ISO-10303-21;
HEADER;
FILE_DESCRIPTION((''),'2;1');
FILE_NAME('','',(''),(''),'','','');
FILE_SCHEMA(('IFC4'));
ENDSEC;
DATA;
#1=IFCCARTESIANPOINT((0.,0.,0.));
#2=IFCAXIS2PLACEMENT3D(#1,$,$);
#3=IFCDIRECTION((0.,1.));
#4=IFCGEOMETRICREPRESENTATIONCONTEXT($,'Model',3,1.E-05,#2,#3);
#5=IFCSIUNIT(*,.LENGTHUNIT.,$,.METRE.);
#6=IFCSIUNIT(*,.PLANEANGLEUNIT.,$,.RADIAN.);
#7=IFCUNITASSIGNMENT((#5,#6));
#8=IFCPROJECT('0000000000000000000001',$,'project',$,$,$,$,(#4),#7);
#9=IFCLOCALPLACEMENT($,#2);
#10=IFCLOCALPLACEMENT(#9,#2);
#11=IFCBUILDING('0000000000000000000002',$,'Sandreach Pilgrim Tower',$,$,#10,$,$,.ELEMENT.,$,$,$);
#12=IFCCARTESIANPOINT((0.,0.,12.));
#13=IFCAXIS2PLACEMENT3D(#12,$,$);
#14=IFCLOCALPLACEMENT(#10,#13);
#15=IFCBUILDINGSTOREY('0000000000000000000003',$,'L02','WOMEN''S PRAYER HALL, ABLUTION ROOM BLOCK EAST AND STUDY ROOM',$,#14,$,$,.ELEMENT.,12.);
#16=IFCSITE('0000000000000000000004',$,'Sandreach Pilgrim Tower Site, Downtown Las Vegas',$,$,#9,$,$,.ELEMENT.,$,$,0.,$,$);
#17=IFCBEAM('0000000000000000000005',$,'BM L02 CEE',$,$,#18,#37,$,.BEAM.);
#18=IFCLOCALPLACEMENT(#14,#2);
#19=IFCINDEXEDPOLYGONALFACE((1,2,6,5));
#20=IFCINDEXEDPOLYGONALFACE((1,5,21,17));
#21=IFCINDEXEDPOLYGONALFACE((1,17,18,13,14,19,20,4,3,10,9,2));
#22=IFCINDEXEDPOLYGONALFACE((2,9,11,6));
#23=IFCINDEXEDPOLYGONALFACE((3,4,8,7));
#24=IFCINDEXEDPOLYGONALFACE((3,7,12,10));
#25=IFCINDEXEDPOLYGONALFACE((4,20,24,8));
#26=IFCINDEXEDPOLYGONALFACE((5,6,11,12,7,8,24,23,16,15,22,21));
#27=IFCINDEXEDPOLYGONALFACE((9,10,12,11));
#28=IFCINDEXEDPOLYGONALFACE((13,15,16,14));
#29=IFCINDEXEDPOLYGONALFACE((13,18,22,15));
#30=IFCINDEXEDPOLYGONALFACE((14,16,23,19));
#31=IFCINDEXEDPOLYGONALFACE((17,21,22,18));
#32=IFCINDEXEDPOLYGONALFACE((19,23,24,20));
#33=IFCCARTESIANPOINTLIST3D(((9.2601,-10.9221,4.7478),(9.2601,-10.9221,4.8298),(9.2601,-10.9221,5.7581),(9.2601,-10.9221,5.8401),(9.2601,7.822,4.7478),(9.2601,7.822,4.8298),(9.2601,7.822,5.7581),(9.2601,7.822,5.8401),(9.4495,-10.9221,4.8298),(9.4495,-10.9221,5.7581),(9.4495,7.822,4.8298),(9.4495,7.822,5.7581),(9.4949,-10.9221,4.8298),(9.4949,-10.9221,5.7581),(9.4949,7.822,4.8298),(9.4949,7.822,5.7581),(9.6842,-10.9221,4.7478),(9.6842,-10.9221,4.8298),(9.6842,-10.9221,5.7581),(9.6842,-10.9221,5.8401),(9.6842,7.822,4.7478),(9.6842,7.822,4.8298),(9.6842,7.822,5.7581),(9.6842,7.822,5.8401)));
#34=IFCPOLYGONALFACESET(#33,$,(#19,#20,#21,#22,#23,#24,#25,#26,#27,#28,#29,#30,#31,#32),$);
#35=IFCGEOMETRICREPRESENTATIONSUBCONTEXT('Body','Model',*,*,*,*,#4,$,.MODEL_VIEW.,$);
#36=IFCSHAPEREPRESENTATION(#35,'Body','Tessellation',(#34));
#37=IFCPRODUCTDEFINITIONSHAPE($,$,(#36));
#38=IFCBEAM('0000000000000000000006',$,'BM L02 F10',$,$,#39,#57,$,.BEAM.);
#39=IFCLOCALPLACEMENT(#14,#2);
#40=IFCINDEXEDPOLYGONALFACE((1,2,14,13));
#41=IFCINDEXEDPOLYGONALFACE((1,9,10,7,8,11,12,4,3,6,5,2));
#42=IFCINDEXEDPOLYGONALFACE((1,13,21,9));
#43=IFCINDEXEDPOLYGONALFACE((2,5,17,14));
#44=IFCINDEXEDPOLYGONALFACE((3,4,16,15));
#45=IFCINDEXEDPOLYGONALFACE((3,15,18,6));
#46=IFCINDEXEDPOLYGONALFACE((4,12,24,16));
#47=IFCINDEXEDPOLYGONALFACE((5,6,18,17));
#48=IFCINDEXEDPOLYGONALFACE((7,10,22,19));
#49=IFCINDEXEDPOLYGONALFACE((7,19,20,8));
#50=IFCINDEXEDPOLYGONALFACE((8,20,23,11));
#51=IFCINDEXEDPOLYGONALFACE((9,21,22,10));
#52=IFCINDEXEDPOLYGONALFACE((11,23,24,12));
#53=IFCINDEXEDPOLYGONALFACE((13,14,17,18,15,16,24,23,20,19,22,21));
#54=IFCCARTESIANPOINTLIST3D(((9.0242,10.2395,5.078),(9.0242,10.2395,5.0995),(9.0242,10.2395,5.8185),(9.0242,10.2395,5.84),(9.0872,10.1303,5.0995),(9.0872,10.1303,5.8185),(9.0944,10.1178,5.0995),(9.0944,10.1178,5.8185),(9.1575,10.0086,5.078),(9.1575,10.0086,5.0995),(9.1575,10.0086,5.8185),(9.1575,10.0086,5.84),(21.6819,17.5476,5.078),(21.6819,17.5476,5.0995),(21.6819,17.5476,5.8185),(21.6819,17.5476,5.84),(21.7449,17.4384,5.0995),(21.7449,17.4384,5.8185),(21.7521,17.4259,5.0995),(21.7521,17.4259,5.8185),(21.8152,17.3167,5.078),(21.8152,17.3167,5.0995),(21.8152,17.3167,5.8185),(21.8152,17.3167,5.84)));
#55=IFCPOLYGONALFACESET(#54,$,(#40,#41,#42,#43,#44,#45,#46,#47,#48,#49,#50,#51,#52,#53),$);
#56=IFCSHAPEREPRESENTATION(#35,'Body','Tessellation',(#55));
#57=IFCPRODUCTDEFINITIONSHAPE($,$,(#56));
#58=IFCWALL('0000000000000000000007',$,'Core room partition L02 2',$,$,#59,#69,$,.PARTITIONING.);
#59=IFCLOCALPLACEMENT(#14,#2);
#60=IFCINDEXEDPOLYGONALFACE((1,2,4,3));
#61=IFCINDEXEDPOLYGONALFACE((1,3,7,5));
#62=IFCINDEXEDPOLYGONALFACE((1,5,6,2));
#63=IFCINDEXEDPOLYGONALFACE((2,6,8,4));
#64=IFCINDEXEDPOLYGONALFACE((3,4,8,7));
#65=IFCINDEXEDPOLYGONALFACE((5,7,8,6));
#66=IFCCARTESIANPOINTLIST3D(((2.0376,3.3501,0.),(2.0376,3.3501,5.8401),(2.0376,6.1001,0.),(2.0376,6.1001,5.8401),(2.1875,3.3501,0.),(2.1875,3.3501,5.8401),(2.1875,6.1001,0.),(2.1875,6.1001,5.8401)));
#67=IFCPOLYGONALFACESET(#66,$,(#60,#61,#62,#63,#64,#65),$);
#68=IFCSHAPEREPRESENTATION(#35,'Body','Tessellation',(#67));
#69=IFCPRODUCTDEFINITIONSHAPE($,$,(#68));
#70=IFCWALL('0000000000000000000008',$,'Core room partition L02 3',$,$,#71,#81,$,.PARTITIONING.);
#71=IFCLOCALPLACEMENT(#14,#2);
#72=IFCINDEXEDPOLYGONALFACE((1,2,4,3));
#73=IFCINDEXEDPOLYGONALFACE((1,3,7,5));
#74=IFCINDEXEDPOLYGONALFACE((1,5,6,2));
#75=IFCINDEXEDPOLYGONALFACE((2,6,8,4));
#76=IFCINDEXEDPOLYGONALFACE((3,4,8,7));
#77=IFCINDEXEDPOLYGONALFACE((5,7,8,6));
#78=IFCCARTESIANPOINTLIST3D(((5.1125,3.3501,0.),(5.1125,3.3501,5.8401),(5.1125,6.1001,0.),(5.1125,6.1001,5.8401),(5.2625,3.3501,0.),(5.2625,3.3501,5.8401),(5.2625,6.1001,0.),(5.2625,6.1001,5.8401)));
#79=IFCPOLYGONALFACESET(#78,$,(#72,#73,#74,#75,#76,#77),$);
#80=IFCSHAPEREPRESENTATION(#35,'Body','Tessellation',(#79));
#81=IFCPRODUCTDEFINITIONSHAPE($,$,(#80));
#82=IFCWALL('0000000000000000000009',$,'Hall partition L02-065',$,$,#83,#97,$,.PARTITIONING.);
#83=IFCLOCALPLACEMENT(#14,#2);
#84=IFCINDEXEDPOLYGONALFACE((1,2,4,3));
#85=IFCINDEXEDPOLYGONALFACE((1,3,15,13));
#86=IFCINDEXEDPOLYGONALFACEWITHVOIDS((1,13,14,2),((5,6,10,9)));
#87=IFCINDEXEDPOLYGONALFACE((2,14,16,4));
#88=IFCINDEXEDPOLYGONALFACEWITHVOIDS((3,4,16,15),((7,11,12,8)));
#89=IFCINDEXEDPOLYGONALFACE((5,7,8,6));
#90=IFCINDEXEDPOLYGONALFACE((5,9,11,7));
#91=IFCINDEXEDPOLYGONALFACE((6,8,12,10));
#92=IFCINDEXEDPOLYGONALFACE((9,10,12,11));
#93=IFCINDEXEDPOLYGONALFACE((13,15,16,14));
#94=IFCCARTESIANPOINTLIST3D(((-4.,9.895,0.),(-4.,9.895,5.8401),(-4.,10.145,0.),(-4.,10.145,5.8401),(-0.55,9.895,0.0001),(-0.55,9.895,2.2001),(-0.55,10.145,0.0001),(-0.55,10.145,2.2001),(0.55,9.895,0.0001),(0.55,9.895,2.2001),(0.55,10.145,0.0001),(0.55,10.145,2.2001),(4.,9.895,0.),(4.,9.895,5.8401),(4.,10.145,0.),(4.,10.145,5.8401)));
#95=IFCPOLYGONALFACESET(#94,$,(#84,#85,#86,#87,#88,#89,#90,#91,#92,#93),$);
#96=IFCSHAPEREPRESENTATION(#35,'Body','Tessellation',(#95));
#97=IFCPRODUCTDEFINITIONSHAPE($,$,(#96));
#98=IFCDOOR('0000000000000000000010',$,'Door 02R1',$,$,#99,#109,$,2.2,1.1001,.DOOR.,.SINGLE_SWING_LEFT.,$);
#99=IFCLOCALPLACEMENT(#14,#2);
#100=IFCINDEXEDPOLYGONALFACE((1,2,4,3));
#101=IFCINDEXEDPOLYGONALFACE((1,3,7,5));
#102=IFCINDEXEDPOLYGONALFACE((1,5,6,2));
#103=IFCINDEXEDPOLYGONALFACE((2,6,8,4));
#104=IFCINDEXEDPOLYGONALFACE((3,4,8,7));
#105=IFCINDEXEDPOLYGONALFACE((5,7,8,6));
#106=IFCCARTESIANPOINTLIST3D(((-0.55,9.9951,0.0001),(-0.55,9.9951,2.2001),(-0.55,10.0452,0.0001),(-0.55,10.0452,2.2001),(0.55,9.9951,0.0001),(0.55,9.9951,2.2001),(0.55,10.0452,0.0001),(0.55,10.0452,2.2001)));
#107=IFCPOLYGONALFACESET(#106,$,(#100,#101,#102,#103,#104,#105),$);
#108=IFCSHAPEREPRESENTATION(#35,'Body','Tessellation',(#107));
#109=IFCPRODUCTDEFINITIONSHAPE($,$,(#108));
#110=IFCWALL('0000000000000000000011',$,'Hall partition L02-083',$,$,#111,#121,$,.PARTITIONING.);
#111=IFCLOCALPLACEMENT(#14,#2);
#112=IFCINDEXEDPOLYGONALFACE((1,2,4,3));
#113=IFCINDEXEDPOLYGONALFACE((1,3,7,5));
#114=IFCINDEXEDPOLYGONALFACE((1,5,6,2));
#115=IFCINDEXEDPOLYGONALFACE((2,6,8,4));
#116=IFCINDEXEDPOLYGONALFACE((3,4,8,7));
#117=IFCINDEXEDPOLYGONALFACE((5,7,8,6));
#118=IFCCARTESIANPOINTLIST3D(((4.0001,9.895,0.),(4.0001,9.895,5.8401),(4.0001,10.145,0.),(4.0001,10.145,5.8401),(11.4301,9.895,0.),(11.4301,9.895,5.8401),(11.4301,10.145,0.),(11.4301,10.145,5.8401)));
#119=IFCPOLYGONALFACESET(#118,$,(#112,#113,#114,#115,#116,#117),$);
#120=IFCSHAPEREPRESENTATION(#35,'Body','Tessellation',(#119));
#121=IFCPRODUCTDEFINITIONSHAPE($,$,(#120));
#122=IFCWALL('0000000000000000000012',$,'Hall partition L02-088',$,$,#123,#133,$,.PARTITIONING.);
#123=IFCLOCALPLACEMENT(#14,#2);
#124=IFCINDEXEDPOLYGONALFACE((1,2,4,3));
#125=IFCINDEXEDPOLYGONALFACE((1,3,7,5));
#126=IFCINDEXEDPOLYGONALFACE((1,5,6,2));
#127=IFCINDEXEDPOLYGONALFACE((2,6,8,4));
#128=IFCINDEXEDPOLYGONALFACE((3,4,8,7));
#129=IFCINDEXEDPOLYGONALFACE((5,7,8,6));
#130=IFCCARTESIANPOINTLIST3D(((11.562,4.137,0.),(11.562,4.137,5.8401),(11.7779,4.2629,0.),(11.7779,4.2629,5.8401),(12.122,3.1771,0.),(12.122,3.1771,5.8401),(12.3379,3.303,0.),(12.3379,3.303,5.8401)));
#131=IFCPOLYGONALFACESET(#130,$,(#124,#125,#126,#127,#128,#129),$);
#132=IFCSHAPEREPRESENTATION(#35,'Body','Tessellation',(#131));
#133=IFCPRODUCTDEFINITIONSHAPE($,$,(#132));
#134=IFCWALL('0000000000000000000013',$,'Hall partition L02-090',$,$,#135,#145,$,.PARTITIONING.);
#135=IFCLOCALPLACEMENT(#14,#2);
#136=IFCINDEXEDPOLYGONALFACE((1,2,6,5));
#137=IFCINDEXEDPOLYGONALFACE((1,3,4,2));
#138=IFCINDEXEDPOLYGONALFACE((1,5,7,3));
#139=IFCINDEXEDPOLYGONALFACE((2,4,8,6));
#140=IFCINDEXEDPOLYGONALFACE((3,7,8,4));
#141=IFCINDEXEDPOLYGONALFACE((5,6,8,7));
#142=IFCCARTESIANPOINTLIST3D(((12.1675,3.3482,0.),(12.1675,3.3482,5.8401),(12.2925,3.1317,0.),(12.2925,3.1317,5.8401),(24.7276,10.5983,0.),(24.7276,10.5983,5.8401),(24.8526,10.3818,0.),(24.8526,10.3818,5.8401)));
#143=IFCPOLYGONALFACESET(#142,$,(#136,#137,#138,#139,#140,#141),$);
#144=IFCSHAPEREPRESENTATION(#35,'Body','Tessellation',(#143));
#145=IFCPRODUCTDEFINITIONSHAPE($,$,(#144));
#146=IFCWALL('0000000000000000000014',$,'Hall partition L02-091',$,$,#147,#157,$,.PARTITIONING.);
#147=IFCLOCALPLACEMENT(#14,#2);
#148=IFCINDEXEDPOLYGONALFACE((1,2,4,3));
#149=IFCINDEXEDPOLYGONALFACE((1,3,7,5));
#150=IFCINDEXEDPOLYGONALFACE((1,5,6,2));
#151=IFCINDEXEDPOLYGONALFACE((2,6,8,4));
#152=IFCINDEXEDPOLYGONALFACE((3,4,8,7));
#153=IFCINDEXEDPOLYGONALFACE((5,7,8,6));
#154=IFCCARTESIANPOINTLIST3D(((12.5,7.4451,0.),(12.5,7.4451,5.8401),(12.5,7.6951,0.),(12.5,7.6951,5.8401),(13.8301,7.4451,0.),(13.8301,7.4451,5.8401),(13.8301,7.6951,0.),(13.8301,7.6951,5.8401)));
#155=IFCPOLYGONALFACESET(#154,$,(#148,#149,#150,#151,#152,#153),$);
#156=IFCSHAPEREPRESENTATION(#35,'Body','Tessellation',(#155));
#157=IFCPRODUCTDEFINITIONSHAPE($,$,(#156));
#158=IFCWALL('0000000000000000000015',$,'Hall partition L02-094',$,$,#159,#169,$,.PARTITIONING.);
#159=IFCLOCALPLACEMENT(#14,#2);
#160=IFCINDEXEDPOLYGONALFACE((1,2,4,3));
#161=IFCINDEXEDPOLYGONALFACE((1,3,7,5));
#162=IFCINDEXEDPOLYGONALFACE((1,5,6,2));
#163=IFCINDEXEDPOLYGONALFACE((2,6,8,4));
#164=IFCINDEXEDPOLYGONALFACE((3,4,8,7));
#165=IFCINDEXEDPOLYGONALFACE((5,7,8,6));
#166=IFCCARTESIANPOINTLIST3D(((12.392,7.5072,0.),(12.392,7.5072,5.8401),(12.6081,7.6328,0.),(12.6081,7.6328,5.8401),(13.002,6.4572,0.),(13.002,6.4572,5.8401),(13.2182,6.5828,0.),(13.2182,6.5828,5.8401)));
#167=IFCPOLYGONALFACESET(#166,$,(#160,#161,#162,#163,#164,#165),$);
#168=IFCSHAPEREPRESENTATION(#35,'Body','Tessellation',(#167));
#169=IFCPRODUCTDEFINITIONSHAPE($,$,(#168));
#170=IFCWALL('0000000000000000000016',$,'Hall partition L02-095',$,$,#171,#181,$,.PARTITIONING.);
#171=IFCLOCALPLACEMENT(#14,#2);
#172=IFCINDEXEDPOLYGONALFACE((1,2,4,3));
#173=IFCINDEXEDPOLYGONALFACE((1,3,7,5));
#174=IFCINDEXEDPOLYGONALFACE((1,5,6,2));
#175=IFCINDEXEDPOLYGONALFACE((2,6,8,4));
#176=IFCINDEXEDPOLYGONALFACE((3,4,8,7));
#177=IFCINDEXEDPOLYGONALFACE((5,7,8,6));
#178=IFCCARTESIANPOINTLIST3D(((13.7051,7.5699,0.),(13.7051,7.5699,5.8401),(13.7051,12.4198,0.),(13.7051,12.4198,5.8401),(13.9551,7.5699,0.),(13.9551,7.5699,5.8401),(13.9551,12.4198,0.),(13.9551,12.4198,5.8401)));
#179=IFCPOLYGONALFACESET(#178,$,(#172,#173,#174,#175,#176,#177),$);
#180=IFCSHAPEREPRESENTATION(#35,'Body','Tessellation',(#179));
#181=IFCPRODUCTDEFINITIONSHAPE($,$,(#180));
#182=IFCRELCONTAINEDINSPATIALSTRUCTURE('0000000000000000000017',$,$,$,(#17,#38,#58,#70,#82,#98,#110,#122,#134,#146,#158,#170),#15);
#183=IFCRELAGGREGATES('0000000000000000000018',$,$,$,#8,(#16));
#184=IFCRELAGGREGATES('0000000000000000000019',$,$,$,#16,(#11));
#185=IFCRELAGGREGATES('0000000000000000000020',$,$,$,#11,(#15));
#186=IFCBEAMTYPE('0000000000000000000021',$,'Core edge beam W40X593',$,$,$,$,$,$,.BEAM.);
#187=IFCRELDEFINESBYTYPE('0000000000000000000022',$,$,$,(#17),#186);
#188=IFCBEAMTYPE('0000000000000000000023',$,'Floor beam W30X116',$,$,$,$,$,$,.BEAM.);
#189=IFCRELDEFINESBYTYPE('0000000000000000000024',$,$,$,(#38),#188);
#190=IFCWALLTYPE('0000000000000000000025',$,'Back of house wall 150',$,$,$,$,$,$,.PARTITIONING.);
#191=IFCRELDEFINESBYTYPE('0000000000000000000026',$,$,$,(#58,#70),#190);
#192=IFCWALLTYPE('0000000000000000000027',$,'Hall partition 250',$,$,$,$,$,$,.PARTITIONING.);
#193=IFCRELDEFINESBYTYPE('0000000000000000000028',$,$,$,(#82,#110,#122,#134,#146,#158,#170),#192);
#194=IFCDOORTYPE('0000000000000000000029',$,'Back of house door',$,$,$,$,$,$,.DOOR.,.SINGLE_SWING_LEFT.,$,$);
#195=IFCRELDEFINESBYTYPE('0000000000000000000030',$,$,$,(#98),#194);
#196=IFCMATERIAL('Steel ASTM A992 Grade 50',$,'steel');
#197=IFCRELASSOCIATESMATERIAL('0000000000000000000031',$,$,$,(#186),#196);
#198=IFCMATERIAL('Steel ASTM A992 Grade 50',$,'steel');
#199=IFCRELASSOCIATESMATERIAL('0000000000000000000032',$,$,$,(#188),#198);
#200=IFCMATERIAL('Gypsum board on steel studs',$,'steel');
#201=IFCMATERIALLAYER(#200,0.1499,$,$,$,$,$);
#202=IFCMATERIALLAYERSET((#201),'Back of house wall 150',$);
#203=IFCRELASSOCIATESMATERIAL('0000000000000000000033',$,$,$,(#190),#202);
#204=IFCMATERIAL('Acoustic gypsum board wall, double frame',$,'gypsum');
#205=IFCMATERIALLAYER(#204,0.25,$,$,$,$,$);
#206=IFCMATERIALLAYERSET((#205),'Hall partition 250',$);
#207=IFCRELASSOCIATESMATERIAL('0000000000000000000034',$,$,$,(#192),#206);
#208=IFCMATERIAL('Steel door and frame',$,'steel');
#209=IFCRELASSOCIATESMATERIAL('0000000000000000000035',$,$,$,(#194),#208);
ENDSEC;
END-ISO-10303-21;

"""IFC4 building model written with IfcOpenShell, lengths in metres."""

from ifc_helpers import new_model, si_unit, direction, frame, frame_2d, origin, origin_2d, place, context, subcontext, project, spatial, rectangle, i_section, extrude, material, layer, layer_set, material_profile, profile_set, type_object, element, fill, save


model = new_model("IFC4")

# Units and contexts
model_context = context("Model", 3, precision=1e-05, world=origin(), true_north=direction((0.0, 1.0)))
body_context = subcontext(model_context, "Body", "Model", "MODEL_VIEW")
ifc_project = project(units=[si_unit("LENGTHUNIT", "METRE"), si_unit("PLANEANGLEUNIT", "RADIAN")], contexts=[model_context])

# Site, building, storey
site_placement = place(None, origin())
site = spatial("IfcSite", under=ifc_project, at=site_placement, Name="Sandreach Pilgrim Tower Site, Downtown Las Vegas", CompositionType="ELEMENT", RefElevation=0.0)
building_placement = place(site_placement, origin())
building = spatial("IfcBuilding", under=site, at=building_placement, Name="Sandreach Pilgrim Tower", CompositionType="ELEMENT")
storey_placement = place(building_placement, frame((0.0, 0.0, 12.0)))
storey = spatial("IfcBuildingStorey", under=building, at=storey_placement, Name="L02", Description="WOMEN'S PRAYER HALL, ABLUTION ROOM BLOCK EAST AND STUDY ROOM", CompositionType="ELEMENT", Elevation=12.0)

# Beams
ifc_material_1 = material(Name="Steel ASTM A992 Grade 50", Category="steel")
ifc_material_profile_1 = material_profile(ifc_material_1, i_section(OverallWidth=0.4241, OverallDepth=1.0923, WebThickness=0.0454, FlangeThickness=0.082, at=origin_2d()), Name="W40X593")
ifc_profile_set_1 = profile_set([ifc_material_profile_1], Name="Steel ASTM A992 Grade 50")
beam_type_1 = type_object("IfcBeamType", Name="Core edge beam W40X593", PredefinedType="BEAM", material=ifc_profile_set_1)
beam_1_placement = place(storey_placement, frame((9.4722, 7.822, 5.2939), z_axis=(0.0, -1.0, 0.0), x_axis=(1.0, 0.0, 0.0)))
element("IfcBeam", 1, at=beam_1_placement, inside=storey, type_object=beam_type_1, Name="BM L02 CEE", PredefinedType="BEAM", context=body_context, shape_type="SweptSolid", body=[
    extrude(i_section(OverallWidth=0.4241, OverallDepth=1.0923, WebThickness=0.0454, FlangeThickness=0.082, at=origin_2d()), origin(), (0.0, 0.0, 1.0), 18.7441),
])
ifc_material_2 = material(Name="Steel ASTM A992 Grade 50", Category="steel")
ifc_material_profile_2 = material_profile(ifc_material_2, i_section(OverallWidth=0.2666, OverallDepth=0.762, WebThickness=0.0144, FlangeThickness=0.0215, at=origin_2d()), Name="W30X116")
ifc_profile_set_2 = profile_set([ifc_material_profile_2], Name="Steel ASTM A992 Grade 50")
beam_type_2 = type_object("IfcBeamType", Name="Floor beam W30X116", PredefinedType="BEAM", material=ifc_profile_set_2)
beam_2_placement = place(storey_placement, frame((21.7485, 17.4321, 5.459), z_axis=(-0.86602, -0.500009, 0.0), x_axis=(0.500009, -0.86602, 0.0)))
element("IfcBeam", 2, at=beam_2_placement, inside=storey, type_object=beam_type_2, Name="BM L02 F10", PredefinedType="BEAM", context=body_context, shape_type="SweptSolid", body=[
    extrude(i_section(OverallWidth=0.2666, OverallDepth=0.762, WebThickness=0.0144, FlangeThickness=0.0215, at=origin_2d()), origin(), (0.0, 0.0, 1.0), 14.616),
])

# Walls
ifc_material_3 = material(Name="Gypsum board on steel studs", Category="steel")
ifc_layer_1 = layer(ifc_material_3, 0.1499)
ifc_layer_set_1 = layer_set([ifc_layer_1], Name="Back of house wall 150")
wall_type_1 = type_object("IfcWallType", Name="Back of house wall 150", PredefinedType="PARTITIONING", material=ifc_layer_set_1)
for number, where, z_axis, x_axis, name in (
    (3, (2.1125, 3.3501, 0.0), (0.0, 0.0, 1.0), (0.0, 1.0, 0.0), "Core room partition L02 2"),
    (4, (5.1875, 3.3501, 0.0), (0.0, 0.0, 1.0), (0.0, 1.0, 0.0), "Core room partition L02 3"),
):
    element("IfcWall", number, at=place(storey_placement, frame(where, z_axis=z_axis, x_axis=x_axis)), inside=storey, type_object=wall_type_1, Name=name, PredefinedType="PARTITIONING", context=body_context, shape_type="SweptSolid", body=[
        extrude(rectangle(XDim=2.75, YDim=0.1499, at=frame_2d((1.375, 0.0))), origin(), (0.0, 0.0, 1.0), 5.8401),
    ])

# Wall, opening, door
ifc_material_4 = material(Name="Acoustic gypsum board wall, double frame", Category="gypsum")
ifc_layer_2 = layer(ifc_material_4, 0.25)
ifc_layer_set_2 = layer_set([ifc_layer_2], Name="Hall partition 250")
wall_type_2 = type_object("IfcWallType", Name="Hall partition 250", PredefinedType="PARTITIONING", material=ifc_layer_set_2)
wall_1_placement = place(storey_placement, frame((4.0, 10.02, 0.0), z_axis=(0.0, 0.0, 1.0), x_axis=(-1.0, 0.0, 0.0)))
wall_1 = element("IfcWall", 5, at=wall_1_placement, inside=storey, type_object=wall_type_2, Name="Hall partition L02-065", PredefinedType="PARTITIONING", context=body_context, shape_type="SweptSolid", body=[
    extrude(rectangle(XDim=8.0, YDim=0.25, at=frame_2d((4.0, 0.0))), origin(), (0.0, 0.0, 1.0), 5.8401),
])
opening_1_placement = place(wall_1_placement, frame((3.45, 0.0, 0.0)))
opening_1 = element("IfcOpeningElement", 6, at=opening_1_placement, cuts=wall_1, PredefinedType="OPENING", context=body_context, shape_type="SweptSolid", body=[
    extrude(rectangle(XDim=1.1001, YDim=2.2, at=frame_2d((0.55, 1.1001))), frame((0.0, 0.125, 0.0), z_axis=(0.0, -1.0, 0.0), x_axis=(1.0, 0.0, 0.0)), (0.0, 0.0, 1.0), 0.25),
])
ifc_material_5 = material(Name="Steel door and frame", Category="steel")
door_type_1 = type_object("IfcDoorType", Name="Back of house door", OperationType="SINGLE_SWING_LEFT", PredefinedType="DOOR", material=ifc_material_5)
door_1_placement = place(opening_1_placement, origin())
door_1 = element("IfcDoor", 7, at=door_1_placement, inside=storey, type_object=door_type_1, Name="Door 02R1", OperationType="SINGLE_SWING_LEFT", OverallHeight=2.2, OverallWidth=1.1001, PredefinedType="DOOR", context=body_context, shape_type="SweptSolid", body=[
    extrude(rectangle(XDim=1.1001, YDim=2.2, at=frame_2d((0.55, 1.1001))), frame((0.0, 0.0249, 0.0), z_axis=(0.0, -1.0, 0.0), x_axis=(1.0, 0.0, 0.0)), (0.0, 0.0, 1.0), 0.05),
])
fill(opening_1, door_1)

# Walls
wall_2_placement = place(storey_placement, frame((11.4299, 10.02, 0.0), z_axis=(0.0, 0.0, 1.0), x_axis=(-1.0, 0.0, 0.0)))
element("IfcWall", 8, at=wall_2_placement, inside=storey, type_object=wall_type_2, Name="Hall partition L02-083", PredefinedType="PARTITIONING", context=body_context, shape_type="SweptSolid", body=[
    extrude(rectangle(XDim=7.4299, YDim=0.25, at=frame_2d((3.7148, 0.0))), origin(), (0.0, 0.0, 1.0), 5.8401),
])
wall_3_placement = place(storey_placement, frame((11.6699, 4.2, 0.0), z_axis=(0.0, 0.0, 1.0), x_axis=(0.503926, -0.863747, 0.0)))
element("IfcWall", 9, at=wall_3_placement, inside=storey, type_object=wall_type_2, Name="Hall partition L02-088", PredefinedType="PARTITIONING", context=body_context, shape_type="SweptSolid", body=[
    extrude(rectangle(XDim=1.1113, YDim=0.25, at=frame_2d((0.5557, 0.0))), origin(), (0.0, 0.0, 1.0), 5.8401),
])
wall_4_placement = place(storey_placement, frame((12.23, 3.24, 0.0), z_axis=(0.0, 0.0, 1.0), x_axis=(0.866072, 0.49992, 0.0)))
element("IfcWall", 10, at=wall_4_placement, inside=storey, type_object=wall_type_2, Name="Hall partition L02-090", PredefinedType="PARTITIONING", context=body_context, shape_type="SweptSolid", body=[
    extrude(rectangle(XDim=14.5024, YDim=0.25, at=frame_2d((7.2512, 0.0))), origin(), (0.0, 0.0, 1.0), 5.8401),
])
wall_5_placement = place(storey_placement, frame((12.5, 7.5701, 0.0), z_axis=(0.0, 0.0, 1.0), x_axis=(1.0, 0.0, 0.0)))
element("IfcWall", 11, at=wall_5_placement, inside=storey, type_object=wall_type_2, Name="Hall partition L02-091", PredefinedType="PARTITIONING", context=body_context, shape_type="SweptSolid", body=[
    extrude(rectangle(XDim=1.3301, YDim=0.25, at=frame_2d((0.665, 0.0))), origin(), (0.0, 0.0, 1.0), 5.8401),
])
wall_6_placement = place(storey_placement, frame((13.1101, 6.52, 0.0), z_axis=(0.0, 0.0, 1.0), x_axis=(-0.502383, 0.864645, 0.0)))
element("IfcWall", 12, at=wall_6_placement, inside=storey, type_object=wall_type_2, Name="Hall partition L02-094", PredefinedType="PARTITIONING", context=body_context, shape_type="SweptSolid", body=[
    extrude(rectangle(XDim=1.2144, YDim=0.25, at=frame_2d((0.6072, 0.0))), origin(), (0.0, 0.0, 1.0), 5.8401),
])
wall_7_placement = place(storey_placement, frame((13.8301, 7.5701, 0.0), z_axis=(0.0, 0.0, 1.0), x_axis=(0.0, 1.0, 0.0)))
element("IfcWall", 13, at=wall_7_placement, inside=storey, type_object=wall_type_2, Name="Hall partition L02-095", PredefinedType="PARTITIONING", context=body_context, shape_type="SweptSolid", body=[
    extrude(rectangle(XDim=4.8499, YDim=0.25, at=frame_2d((2.4248, 0.0))), origin(), (0.0, 0.0, 1.0), 5.8401),
])

save(model, "model.ifc")
